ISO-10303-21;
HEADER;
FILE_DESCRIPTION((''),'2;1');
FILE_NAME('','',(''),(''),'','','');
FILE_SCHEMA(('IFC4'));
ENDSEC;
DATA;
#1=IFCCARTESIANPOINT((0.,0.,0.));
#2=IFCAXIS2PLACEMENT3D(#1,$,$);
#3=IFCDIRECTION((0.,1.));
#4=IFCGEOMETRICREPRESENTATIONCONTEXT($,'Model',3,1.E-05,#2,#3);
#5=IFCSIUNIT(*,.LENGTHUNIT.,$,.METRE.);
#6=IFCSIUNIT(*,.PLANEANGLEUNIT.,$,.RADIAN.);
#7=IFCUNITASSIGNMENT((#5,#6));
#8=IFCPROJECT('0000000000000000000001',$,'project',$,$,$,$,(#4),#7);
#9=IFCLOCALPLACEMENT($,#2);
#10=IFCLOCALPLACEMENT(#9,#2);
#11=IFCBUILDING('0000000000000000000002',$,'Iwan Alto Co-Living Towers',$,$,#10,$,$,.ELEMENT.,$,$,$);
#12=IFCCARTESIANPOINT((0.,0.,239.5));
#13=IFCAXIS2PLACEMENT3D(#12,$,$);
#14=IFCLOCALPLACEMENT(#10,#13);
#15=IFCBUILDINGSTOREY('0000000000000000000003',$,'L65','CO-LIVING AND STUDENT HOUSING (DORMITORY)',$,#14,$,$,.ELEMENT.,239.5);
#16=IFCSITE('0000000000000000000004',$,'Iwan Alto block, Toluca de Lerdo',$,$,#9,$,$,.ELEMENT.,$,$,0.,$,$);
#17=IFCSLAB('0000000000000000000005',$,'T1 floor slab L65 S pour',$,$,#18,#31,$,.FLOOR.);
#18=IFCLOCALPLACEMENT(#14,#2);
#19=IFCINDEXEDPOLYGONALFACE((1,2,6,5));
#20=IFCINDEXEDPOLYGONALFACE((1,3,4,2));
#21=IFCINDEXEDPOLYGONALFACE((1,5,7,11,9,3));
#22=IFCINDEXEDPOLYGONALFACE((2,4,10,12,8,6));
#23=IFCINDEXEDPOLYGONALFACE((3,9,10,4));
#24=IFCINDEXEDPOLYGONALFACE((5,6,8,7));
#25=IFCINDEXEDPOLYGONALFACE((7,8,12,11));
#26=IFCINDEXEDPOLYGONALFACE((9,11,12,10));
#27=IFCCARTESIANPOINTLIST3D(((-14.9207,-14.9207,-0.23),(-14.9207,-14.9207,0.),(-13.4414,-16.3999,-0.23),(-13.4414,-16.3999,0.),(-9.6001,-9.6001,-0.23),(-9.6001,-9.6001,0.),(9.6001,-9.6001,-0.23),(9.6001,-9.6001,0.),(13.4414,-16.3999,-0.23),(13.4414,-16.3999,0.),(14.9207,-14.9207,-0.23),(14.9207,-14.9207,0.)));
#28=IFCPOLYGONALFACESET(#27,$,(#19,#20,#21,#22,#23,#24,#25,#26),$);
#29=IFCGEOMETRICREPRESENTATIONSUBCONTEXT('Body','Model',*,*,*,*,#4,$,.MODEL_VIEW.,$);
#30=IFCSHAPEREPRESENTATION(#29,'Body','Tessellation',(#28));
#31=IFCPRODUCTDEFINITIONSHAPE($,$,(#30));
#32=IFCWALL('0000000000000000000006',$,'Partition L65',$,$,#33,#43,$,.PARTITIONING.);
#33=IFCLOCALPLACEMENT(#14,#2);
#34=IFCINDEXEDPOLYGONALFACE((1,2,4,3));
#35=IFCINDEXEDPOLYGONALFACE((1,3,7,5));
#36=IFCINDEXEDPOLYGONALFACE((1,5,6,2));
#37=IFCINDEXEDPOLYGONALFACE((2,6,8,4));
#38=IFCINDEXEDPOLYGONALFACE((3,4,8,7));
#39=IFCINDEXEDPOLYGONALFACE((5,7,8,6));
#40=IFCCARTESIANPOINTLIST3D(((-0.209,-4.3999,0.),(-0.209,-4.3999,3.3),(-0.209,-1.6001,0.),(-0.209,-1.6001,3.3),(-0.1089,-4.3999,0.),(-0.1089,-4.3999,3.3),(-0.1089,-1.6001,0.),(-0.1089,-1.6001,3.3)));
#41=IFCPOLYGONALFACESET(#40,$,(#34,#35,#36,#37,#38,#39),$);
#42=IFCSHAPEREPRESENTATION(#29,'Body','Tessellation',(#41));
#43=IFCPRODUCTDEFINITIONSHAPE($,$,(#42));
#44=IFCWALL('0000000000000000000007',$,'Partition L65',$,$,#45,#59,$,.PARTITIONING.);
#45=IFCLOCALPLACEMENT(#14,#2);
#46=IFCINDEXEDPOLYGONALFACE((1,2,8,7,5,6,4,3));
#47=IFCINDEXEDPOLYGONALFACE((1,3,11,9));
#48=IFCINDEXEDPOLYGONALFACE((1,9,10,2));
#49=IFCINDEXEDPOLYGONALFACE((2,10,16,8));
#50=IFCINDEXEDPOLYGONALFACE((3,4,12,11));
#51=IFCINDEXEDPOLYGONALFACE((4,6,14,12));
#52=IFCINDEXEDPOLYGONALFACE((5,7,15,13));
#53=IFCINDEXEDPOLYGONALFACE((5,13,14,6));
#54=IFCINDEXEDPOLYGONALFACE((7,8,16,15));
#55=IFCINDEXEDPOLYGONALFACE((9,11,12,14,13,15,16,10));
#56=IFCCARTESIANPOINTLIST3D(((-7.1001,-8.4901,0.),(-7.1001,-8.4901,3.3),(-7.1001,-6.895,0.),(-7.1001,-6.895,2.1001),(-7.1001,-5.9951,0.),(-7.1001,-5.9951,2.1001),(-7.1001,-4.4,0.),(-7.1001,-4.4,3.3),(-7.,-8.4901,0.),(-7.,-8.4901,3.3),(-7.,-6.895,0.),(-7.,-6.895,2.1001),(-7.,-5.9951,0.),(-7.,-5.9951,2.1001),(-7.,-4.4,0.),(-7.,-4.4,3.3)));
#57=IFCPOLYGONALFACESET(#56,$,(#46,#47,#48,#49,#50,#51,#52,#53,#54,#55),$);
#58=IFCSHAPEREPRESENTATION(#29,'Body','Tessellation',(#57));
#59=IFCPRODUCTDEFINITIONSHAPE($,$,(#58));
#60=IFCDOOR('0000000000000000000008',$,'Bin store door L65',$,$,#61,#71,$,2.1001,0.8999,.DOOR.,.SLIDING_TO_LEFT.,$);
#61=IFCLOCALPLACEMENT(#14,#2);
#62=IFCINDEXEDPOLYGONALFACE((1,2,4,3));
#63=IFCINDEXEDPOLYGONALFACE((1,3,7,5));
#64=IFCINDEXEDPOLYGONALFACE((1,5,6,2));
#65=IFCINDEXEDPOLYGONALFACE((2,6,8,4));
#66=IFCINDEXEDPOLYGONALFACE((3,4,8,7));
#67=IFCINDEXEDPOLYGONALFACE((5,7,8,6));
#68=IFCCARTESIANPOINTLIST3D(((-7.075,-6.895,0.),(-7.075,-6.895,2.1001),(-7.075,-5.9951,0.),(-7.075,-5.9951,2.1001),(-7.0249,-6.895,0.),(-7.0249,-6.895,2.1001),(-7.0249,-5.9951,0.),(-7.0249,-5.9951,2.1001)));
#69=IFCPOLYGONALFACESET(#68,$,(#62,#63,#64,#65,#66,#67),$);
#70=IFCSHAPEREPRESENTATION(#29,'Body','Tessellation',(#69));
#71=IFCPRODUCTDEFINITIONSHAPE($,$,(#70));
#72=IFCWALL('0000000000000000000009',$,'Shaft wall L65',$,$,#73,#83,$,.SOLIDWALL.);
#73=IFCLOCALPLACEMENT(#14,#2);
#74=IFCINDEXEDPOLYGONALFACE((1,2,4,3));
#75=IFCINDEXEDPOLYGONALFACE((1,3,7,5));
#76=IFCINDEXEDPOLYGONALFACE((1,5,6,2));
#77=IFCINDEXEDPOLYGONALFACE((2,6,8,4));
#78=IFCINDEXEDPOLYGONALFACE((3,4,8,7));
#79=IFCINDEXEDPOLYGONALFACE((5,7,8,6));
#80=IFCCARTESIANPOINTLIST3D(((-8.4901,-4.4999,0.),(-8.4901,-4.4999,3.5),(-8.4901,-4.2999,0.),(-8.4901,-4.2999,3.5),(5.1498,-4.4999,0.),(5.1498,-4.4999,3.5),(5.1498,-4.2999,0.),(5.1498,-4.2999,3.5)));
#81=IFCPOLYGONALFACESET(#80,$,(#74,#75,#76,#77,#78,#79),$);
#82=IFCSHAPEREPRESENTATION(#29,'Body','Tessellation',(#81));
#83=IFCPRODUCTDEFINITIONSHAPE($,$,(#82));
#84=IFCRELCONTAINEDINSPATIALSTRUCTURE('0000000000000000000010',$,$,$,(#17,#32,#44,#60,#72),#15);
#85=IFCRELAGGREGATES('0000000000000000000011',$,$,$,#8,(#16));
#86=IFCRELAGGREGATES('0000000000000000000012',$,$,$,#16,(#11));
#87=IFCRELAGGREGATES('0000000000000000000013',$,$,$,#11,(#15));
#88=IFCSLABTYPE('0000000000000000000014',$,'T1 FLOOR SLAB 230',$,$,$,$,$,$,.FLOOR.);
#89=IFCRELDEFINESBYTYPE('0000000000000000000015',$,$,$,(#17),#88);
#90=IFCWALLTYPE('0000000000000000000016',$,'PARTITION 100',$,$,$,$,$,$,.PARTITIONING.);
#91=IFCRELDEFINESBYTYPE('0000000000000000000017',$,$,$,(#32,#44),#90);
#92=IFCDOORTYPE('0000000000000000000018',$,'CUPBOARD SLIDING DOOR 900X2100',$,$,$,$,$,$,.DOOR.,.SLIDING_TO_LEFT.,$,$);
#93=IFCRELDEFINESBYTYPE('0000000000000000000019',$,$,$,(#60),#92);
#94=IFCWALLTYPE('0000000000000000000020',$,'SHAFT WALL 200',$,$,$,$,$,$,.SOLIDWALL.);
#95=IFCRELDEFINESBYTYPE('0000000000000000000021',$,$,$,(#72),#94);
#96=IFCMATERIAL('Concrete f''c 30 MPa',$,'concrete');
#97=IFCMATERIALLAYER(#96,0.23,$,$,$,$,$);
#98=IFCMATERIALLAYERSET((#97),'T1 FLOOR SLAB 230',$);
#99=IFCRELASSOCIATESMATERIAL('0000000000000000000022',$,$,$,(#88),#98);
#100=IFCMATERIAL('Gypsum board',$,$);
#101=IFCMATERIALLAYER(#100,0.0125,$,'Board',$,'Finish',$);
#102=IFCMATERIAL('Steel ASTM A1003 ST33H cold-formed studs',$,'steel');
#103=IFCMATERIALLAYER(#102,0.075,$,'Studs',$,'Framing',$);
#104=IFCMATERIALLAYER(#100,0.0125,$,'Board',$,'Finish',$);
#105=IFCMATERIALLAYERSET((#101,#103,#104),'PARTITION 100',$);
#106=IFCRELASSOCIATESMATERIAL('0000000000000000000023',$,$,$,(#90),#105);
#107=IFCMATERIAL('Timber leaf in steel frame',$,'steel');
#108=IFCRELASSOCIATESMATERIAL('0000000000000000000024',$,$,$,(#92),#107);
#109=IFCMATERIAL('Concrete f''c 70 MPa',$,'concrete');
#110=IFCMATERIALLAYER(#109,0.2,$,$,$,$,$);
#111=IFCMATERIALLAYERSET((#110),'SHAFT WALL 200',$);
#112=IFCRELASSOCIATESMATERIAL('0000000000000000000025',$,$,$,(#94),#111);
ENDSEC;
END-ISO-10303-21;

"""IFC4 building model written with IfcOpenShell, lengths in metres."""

from ifc_helpers import new_model, si_unit, direction, frame, frame_2d, origin, place, context, subcontext, project, spatial, polyline, rectangle, outline, extrude, material, layer, layer_set, type_object, element, fill, save


model = new_model("IFC4")

# Units and contexts
model_context = context("Model", 3, precision=1e-05, world=origin(), true_north=direction((0.0, 1.0)))
body_context = subcontext(model_context, "Body", "Model", "MODEL_VIEW")
ifc_project = project(units=[si_unit("LENGTHUNIT", "METRE"), si_unit("PLANEANGLEUNIT", "RADIAN")], contexts=[model_context])

# Site, building, storey
site_placement = place(None, origin())
site = spatial("IfcSite", under=ifc_project, at=site_placement, Name="Iwan Alto block, Toluca de Lerdo", CompositionType="ELEMENT", RefElevation=0.0)
building_placement = place(site_placement, origin())
building = spatial("IfcBuilding", under=site, at=building_placement, Name="Iwan Alto Co-Living Towers", CompositionType="ELEMENT")
storey_placement = place(building_placement, frame((0.0, 0.0, 239.5)))
storey = spatial("IfcBuildingStorey", under=building, at=storey_placement, Name="L65", Description="CO-LIVING AND STUDENT HOUSING (DORMITORY)", CompositionType="ELEMENT", Elevation=239.5)

# Slab
ifc_material_1 = material(Name="Concrete f'c 30 MPa", Category="concrete")
ifc_layer_1 = layer(ifc_material_1, 0.23)
ifc_layer_set_1 = layer_set([ifc_layer_1], Name="T1 FLOOR SLAB 230")
slab_type = type_object("IfcSlabType", Name="T1 FLOOR SLAB 230", PredefinedType="FLOOR", material=ifc_layer_set_1)
slab_placement = place(storey_placement, frame((0.0, 0.0, -0.23)))
element("IfcSlab", 1, at=slab_placement, inside=storey, type_object=slab_type, Name="T1 floor slab L65 S pour", PredefinedType="FLOOR", context=body_context, shape_type="SweptSolid", body=[
    extrude(outline(polyline([(13.4414, -16.3999), (-13.4414, -16.3999), (-14.9207, -14.9207), (-9.6001, -9.6001), (9.6001, -9.6001), (14.9207, -14.9207), (13.4414, -16.3999)])), origin(), (0.0, 0.0, 1.0), 0.23),
])

# Wall
ifc_material_2 = material(Name="Gypsum board")
ifc_layer_2 = layer(ifc_material_2, 0.0125, Name="Board", Category="Finish")
ifc_material_3 = material(Name="Steel ASTM A1003 ST33H cold-formed studs", Category="steel")
ifc_layer_3 = layer(ifc_material_3, 0.075, Name="Studs", Category="Framing")
ifc_layer_4 = layer(ifc_material_2, 0.0125, Name="Board", Category="Finish")
ifc_layer_set_2 = layer_set([ifc_layer_2, ifc_layer_3, ifc_layer_4], Name="PARTITION 100")
wall_type_1 = type_object("IfcWallType", Name="PARTITION 100", PredefinedType="PARTITIONING", material=ifc_layer_set_2)
wall_1_placement = place(storey_placement, frame((-0.1589, -4.3999, 0.0), z_axis=(0.0, 0.0, 1.0), x_axis=(0.0, 1.0, 0.0)))
element("IfcWall", 2, at=wall_1_placement, inside=storey, type_object=wall_type_1, Name="Partition L65", PredefinedType="PARTITIONING", context=body_context, shape_type="SweptSolid", body=[
    extrude(rectangle(XDim=2.7998, YDim=0.1001, at=frame_2d((1.3999, 0.0))), origin(), (0.0, 0.0, 1.0), 3.3),
])

# Wall, opening, door
wall_2_placement = place(storey_placement, frame((-7.05, -8.49, 0.0), z_axis=(0.0, 0.0, 1.0), x_axis=(0.0, 1.0, 0.0)))
wall_2 = element("IfcWall", 3, at=wall_2_placement, inside=storey, type_object=wall_type_1, Name="Partition L65", PredefinedType="PARTITIONING", context=body_context, shape_type="SweptSolid", body=[
    extrude(rectangle(XDim=4.0901, YDim=0.1001, at=frame_2d((2.0449, 0.0))), origin(), (0.0, 0.0, 1.0), 3.3),
])
opening_1_placement = place(wall_2_placement, frame((1.595, 0.0, 0.0)))
opening_1 = element("IfcOpeningElement", 4, at=opening_1_placement, cuts=wall_2, PredefinedType="OPENING", context=body_context, shape_type="SweptSolid", body=[
    extrude(rectangle(XDim=0.8999, YDim=2.1001, at=frame_2d((0.45, 1.05))), frame((0.0, 0.0601, 0.0), z_axis=(0.0, -1.0, 0.0), x_axis=(1.0, 0.0, 0.0)), (0.0, 0.0, 1.0), 0.1201),
])
ifc_material_4 = material(Name="Timber leaf in steel frame", Category="steel")
door_type_1 = type_object("IfcDoorType", Name="CUPBOARD SLIDING DOOR 900X2100", OperationType="SLIDING_TO_LEFT", PredefinedType="DOOR", material=ifc_material_4)
door_1_placement = place(opening_1_placement, origin())
door_1 = element("IfcDoor", 5, at=door_1_placement, inside=storey, type_object=door_type_1, Name="Bin store door L65", OperationType="SLIDING_TO_LEFT", OverallHeight=2.1001, OverallWidth=0.8999, PredefinedType="DOOR", context=body_context, shape_type="SweptSolid", body=[
    extrude(rectangle(XDim=0.8999, YDim=2.1001, at=frame_2d((0.45, 1.05))), frame((0.0, 0.0249, 0.0), z_axis=(0.0, -1.0, 0.0), x_axis=(1.0, 0.0, 0.0)), (0.0, 0.0, 1.0), 0.05),
])
fill(opening_1, door_1)

# Wall
ifc_material_5 = material(Name="Concrete f'c 70 MPa", Category="concrete")
ifc_layer_5 = layer(ifc_material_5, 0.2)
ifc_layer_set_3 = layer_set([ifc_layer_5], Name="SHAFT WALL 200")
wall_type_2 = type_object("IfcWallType", Name="SHAFT WALL 200", PredefinedType="SOLIDWALL", material=ifc_layer_set_3)
wall_3_placement = place(storey_placement, frame((-8.49, -4.3999, 0.0), z_axis=(0.0, 0.0, 1.0), x_axis=(1.0, 0.0, 0.0)))
element("IfcWall", 6, at=wall_3_placement, inside=storey, type_object=wall_type_2, Name="Shaft wall L65", PredefinedType="SOLIDWALL", context=body_context, shape_type="SweptSolid", body=[
    extrude(rectangle(XDim=13.6399, YDim=0.2, at=frame_2d((6.8198, 0.0))), origin(), (0.0, 0.0, 1.0), 3.5),
])

save(model, "model.ifc")
